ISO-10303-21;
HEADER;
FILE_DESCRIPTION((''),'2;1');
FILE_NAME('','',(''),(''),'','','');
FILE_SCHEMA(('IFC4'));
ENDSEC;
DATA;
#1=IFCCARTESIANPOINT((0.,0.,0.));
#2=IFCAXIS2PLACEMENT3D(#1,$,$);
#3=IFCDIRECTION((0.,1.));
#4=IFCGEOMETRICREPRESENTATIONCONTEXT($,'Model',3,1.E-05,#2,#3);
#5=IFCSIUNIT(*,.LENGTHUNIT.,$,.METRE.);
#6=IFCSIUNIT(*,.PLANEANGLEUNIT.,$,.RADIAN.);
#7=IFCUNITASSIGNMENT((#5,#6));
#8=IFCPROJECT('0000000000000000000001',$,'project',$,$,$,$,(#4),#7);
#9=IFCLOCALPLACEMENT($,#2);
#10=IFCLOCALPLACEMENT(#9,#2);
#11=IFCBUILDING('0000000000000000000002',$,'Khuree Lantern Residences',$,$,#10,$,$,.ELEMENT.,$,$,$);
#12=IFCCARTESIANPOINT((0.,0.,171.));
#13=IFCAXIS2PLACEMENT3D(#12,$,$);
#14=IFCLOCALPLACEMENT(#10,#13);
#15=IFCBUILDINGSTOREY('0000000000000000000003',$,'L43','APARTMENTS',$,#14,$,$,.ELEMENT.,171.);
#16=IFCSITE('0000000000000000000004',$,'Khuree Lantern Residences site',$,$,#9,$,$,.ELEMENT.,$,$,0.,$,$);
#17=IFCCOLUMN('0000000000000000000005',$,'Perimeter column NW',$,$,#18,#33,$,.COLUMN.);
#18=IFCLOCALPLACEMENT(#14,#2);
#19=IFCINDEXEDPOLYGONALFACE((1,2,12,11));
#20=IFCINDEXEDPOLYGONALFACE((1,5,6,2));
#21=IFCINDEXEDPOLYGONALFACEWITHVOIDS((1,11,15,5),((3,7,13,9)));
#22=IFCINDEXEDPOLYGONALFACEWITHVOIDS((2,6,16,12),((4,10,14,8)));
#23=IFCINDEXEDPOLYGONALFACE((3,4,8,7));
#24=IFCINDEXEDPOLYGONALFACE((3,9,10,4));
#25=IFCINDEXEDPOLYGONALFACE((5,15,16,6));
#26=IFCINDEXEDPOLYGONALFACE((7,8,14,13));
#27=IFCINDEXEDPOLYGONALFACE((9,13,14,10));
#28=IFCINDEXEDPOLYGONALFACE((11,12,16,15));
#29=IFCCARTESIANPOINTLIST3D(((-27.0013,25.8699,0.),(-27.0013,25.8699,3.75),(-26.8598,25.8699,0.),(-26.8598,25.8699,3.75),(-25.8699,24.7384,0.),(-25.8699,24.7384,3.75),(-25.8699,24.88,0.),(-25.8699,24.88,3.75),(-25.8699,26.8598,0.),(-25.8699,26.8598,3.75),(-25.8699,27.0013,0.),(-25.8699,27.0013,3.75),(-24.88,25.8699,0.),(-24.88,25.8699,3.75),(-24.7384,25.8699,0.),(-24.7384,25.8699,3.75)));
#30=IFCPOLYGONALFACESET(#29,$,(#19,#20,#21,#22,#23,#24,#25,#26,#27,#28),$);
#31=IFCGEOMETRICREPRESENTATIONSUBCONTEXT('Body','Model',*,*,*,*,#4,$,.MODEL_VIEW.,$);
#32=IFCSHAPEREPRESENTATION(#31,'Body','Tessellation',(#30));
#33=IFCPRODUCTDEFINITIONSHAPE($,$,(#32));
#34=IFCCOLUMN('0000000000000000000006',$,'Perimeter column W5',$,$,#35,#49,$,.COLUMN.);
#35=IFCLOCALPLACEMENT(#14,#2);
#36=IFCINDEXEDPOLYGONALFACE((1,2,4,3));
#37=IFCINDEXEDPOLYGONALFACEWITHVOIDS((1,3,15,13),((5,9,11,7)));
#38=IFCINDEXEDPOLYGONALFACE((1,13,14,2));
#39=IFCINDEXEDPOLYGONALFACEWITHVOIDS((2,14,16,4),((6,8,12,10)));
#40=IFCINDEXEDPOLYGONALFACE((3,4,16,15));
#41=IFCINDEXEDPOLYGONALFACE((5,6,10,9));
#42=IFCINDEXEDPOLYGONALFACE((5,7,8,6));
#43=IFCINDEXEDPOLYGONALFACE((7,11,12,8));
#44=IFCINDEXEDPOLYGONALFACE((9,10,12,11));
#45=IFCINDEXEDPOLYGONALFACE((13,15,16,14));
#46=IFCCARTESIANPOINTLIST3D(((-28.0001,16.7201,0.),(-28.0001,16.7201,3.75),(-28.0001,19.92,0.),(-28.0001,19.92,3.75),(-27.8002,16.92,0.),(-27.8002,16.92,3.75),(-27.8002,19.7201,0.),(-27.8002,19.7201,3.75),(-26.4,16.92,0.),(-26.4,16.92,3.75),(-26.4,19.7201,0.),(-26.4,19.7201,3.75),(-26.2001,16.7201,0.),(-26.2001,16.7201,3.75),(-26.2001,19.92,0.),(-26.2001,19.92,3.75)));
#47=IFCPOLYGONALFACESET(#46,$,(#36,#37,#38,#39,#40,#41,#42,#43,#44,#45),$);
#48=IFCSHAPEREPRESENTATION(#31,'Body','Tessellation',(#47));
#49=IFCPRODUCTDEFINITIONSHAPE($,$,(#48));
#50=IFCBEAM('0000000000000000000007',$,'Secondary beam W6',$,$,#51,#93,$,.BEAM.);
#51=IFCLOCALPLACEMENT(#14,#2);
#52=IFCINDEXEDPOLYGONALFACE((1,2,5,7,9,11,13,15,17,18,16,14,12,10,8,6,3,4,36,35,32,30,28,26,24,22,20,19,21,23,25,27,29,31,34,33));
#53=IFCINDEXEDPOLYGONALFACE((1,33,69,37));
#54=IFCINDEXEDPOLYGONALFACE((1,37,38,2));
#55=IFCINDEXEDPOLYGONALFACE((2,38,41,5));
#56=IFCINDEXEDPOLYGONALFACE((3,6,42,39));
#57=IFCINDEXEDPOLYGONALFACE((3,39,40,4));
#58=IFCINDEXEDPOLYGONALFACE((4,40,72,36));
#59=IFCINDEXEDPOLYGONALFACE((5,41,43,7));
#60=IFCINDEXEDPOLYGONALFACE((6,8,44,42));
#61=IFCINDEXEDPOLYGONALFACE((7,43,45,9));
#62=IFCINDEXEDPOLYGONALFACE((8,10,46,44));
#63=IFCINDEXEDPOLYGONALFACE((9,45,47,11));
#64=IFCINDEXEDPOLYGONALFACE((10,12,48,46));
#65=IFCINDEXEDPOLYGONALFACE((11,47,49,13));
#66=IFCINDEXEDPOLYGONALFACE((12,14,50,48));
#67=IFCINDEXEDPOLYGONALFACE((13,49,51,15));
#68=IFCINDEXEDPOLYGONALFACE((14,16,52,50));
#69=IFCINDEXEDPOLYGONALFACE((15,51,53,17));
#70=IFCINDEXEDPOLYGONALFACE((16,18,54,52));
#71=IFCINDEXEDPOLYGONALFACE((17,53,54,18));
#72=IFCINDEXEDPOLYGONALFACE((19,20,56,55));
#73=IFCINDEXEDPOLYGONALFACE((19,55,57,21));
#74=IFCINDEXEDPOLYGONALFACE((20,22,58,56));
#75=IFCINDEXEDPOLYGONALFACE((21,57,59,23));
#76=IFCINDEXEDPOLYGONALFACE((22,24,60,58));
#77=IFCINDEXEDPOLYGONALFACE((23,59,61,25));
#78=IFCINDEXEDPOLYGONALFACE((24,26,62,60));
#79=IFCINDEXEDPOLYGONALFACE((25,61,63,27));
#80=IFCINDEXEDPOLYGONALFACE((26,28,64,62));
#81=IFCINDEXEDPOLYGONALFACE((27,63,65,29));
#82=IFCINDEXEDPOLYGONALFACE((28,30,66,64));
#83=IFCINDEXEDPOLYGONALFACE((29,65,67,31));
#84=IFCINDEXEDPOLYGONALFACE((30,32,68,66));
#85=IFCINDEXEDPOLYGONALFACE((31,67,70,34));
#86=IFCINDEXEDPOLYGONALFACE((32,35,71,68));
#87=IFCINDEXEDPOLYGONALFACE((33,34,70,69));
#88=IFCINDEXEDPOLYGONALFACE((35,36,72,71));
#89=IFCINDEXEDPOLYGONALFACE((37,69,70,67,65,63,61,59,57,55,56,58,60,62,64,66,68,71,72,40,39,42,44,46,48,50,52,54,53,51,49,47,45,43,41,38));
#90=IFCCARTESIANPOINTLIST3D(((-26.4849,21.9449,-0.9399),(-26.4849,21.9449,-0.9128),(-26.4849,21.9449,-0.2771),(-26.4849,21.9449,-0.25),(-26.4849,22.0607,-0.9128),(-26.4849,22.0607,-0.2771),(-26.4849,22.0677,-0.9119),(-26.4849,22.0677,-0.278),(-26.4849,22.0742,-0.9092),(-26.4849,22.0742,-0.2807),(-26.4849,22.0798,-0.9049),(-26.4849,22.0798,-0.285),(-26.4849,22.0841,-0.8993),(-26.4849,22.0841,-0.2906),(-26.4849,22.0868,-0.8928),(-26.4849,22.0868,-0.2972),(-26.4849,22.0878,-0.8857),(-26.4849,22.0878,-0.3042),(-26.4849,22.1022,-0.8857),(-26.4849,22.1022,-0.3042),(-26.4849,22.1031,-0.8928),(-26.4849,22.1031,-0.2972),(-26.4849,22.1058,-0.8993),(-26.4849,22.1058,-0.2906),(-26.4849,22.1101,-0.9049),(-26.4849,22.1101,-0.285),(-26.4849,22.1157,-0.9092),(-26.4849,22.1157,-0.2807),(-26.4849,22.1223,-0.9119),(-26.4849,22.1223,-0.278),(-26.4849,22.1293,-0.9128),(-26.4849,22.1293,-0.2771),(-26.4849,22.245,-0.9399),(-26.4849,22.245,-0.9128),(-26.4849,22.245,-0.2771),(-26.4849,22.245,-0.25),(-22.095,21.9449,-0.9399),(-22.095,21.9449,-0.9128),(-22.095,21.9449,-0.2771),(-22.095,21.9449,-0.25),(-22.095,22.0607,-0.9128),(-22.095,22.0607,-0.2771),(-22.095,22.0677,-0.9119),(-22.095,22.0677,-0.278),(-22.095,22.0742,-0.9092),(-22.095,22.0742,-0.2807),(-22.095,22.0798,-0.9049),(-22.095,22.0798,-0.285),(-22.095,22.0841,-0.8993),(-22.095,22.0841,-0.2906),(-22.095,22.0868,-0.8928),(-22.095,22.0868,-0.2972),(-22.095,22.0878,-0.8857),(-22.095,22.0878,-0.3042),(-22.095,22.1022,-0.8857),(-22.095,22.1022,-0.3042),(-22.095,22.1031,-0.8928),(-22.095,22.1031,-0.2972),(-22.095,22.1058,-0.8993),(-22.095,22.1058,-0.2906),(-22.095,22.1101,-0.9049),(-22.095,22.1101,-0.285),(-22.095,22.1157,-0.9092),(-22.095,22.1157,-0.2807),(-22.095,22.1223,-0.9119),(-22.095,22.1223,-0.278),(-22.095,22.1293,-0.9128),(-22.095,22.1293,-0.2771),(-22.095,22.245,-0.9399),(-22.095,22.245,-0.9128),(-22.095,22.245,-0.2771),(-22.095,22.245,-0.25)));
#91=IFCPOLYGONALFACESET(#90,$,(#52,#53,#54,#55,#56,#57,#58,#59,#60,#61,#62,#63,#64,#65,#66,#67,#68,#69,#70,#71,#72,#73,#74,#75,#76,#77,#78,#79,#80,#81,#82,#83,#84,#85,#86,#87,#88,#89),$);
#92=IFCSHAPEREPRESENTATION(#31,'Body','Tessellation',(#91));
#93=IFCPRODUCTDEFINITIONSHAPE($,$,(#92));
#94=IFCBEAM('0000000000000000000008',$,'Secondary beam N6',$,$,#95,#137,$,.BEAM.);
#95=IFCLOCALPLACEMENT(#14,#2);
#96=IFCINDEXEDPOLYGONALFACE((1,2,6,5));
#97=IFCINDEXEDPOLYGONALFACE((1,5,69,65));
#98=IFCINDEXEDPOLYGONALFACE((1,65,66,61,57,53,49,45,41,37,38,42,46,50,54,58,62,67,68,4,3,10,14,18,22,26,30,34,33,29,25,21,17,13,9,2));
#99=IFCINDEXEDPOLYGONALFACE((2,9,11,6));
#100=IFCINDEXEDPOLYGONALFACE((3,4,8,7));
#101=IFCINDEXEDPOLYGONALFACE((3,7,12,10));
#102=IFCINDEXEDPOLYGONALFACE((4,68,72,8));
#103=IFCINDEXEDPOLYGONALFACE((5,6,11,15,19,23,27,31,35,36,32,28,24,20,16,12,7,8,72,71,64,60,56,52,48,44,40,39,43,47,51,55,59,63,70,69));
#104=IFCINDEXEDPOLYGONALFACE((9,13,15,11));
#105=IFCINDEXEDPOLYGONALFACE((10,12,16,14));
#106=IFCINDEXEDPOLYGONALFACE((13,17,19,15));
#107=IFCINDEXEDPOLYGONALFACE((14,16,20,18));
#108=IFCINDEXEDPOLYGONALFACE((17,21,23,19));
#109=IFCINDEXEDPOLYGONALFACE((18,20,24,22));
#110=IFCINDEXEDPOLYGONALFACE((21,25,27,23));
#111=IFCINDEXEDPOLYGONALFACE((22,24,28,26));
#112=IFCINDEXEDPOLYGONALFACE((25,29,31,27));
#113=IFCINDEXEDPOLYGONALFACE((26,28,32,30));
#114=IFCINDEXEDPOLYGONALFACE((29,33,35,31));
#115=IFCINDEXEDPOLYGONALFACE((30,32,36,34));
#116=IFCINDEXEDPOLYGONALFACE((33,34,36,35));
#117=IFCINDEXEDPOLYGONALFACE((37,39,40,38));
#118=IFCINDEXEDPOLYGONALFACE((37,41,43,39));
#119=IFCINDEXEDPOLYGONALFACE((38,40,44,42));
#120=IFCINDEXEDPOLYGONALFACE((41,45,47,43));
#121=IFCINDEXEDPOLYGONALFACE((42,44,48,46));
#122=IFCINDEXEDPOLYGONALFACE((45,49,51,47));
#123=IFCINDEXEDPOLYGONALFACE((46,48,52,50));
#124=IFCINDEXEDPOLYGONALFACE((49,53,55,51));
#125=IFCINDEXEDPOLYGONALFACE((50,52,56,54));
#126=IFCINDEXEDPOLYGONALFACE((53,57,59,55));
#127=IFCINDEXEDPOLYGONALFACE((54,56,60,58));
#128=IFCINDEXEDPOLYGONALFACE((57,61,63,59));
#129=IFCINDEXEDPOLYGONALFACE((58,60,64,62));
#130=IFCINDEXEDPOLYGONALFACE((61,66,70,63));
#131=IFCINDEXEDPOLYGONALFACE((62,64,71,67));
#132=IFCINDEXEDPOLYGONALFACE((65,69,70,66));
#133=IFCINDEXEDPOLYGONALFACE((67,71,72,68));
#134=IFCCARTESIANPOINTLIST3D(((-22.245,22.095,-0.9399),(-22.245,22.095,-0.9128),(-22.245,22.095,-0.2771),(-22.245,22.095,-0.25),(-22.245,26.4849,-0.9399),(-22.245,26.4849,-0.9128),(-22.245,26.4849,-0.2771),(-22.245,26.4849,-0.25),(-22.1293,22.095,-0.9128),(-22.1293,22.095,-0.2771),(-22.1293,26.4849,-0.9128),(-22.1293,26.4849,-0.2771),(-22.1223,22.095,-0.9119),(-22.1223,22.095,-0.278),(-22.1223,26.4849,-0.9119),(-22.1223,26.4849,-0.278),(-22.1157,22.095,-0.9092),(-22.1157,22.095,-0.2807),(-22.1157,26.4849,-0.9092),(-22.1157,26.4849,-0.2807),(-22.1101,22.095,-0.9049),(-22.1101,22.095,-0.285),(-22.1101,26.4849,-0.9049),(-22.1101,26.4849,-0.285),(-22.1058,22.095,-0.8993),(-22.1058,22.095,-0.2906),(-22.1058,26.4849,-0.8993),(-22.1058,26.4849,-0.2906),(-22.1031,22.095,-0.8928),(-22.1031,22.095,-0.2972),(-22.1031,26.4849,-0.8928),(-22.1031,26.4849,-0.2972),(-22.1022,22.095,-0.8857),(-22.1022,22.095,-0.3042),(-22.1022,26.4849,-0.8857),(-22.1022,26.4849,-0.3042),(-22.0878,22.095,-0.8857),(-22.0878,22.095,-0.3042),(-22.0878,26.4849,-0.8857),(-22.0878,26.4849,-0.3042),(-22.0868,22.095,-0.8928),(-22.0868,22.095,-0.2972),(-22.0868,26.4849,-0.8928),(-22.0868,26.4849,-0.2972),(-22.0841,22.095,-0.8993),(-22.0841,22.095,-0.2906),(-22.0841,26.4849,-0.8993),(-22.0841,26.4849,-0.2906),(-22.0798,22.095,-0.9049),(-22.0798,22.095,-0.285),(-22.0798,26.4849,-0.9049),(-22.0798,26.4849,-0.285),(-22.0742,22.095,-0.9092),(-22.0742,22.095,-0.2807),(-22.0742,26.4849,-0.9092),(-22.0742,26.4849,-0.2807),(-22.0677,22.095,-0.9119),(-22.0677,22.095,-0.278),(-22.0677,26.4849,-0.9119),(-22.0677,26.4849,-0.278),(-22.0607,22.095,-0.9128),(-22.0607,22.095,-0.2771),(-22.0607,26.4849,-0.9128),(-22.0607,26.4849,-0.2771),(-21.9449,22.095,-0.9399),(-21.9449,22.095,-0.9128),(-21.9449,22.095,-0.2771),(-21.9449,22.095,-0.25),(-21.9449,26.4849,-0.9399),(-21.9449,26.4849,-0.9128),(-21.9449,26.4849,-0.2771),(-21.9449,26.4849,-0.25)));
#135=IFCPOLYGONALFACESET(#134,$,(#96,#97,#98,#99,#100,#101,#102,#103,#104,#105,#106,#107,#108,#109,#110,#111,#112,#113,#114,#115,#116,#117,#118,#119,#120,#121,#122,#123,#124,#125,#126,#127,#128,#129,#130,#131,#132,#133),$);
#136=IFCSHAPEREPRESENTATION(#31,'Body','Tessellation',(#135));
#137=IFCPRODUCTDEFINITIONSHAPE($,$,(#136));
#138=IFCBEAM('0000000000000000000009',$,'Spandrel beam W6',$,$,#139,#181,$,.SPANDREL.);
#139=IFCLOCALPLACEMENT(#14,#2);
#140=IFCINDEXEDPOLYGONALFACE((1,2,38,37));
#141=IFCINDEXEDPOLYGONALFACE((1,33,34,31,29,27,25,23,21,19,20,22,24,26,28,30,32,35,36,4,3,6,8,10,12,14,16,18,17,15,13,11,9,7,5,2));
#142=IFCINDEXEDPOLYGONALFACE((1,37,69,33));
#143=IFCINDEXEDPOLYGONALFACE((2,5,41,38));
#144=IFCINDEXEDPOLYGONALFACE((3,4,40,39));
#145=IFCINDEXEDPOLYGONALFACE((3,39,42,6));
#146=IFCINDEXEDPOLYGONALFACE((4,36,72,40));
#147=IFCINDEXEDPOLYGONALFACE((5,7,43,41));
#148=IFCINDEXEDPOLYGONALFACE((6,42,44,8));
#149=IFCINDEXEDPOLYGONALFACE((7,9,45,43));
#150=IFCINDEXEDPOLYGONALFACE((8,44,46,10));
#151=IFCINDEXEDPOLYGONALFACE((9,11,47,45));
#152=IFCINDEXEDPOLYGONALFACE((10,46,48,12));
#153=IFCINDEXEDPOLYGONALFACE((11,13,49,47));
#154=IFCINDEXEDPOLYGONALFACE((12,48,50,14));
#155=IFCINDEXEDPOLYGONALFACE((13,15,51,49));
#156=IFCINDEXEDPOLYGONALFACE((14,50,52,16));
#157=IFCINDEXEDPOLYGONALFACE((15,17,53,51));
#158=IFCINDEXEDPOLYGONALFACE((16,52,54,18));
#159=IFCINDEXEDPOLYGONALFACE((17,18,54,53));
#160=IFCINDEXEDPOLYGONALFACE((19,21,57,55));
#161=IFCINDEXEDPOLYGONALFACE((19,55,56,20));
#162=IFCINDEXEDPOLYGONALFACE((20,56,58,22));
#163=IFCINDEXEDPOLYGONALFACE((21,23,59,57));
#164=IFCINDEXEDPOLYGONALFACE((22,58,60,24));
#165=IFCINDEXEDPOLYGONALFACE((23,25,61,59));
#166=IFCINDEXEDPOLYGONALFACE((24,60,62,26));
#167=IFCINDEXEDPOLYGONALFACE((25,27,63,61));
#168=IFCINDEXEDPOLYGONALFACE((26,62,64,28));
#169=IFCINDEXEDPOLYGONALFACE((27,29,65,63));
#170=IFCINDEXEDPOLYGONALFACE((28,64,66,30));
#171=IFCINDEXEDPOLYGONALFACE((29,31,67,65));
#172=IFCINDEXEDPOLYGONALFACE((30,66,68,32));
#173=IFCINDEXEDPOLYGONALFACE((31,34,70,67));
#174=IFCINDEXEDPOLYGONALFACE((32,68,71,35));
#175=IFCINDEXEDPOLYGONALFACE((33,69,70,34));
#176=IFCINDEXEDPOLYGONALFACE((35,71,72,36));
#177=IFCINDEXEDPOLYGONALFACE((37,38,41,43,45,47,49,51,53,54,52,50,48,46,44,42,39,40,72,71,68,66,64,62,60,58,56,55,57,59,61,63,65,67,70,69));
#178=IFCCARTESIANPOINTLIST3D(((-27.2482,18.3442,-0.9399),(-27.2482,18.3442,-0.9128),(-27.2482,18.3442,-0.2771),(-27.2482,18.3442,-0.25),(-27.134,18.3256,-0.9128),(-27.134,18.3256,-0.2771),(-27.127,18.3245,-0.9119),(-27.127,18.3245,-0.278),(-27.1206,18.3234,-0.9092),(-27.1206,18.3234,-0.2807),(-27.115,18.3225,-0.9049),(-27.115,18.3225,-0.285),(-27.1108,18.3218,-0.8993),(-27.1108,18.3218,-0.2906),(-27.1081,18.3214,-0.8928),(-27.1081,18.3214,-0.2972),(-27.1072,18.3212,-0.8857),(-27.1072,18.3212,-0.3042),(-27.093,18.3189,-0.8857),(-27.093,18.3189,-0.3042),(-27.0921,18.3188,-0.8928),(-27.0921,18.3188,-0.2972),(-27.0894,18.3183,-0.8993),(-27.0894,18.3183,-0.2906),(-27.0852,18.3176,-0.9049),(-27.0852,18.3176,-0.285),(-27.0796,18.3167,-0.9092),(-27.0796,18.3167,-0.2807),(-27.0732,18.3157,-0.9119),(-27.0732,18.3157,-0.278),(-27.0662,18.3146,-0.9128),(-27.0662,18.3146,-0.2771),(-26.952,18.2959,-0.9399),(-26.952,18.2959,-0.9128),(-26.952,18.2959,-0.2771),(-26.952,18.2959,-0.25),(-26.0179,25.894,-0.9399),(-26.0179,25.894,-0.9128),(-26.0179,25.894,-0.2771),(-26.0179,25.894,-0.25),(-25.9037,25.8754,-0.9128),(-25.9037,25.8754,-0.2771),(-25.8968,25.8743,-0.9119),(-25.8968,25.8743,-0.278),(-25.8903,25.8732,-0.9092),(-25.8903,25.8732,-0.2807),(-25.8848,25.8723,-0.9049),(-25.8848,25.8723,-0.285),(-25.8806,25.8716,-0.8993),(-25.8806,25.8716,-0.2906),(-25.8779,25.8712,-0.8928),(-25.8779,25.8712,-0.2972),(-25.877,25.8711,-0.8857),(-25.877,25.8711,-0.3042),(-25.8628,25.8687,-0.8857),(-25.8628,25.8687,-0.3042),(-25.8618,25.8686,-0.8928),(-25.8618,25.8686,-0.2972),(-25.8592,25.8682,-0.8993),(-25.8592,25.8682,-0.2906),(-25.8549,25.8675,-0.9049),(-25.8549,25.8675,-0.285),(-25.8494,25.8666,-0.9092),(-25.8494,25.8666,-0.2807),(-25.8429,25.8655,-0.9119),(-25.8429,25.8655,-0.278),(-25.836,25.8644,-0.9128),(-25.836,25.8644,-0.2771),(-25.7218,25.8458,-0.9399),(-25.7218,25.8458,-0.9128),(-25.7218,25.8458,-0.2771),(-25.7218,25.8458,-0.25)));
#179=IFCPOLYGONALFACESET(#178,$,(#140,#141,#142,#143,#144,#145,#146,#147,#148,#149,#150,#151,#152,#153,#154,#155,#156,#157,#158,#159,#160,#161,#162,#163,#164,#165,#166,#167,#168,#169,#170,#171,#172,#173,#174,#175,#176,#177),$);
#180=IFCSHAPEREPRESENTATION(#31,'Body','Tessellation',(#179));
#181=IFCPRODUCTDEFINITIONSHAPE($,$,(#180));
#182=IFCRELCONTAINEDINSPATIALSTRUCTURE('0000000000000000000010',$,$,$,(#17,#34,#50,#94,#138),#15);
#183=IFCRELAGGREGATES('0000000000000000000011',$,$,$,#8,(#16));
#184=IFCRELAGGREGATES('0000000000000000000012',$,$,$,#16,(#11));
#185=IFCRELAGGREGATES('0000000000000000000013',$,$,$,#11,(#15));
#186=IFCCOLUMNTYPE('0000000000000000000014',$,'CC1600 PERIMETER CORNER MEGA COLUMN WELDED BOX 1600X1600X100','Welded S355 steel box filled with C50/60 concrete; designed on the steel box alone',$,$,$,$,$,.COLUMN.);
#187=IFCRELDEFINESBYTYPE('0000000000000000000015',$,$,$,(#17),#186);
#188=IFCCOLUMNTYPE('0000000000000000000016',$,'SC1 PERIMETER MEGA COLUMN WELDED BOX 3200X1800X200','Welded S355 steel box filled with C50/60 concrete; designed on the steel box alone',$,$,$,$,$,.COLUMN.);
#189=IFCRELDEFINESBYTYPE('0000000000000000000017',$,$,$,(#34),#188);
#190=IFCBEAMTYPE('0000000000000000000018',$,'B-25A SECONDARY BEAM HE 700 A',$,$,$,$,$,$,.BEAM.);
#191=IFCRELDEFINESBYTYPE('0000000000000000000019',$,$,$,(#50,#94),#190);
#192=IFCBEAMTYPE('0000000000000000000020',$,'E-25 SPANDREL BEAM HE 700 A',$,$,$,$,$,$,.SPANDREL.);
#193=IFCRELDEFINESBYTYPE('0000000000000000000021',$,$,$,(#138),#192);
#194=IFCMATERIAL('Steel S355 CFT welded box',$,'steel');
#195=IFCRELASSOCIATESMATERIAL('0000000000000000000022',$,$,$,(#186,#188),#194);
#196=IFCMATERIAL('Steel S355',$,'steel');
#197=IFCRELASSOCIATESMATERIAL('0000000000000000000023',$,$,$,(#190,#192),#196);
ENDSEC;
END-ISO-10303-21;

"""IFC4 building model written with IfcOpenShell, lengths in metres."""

from ifc_helpers import new_model, si_unit, direction, frame, origin, origin_2d, place, context, subcontext, project, spatial, hollow_rectangle, i_section, extrude, material, material_profile, profile_set, type_object, element, save


model = new_model("IFC4")

# Units and contexts
model_context = context("Model", 3, precision=1e-05, world=origin(), true_north=direction((0.0, 1.0)))
body_context = subcontext(model_context, "Body", "Model", "MODEL_VIEW")
ifc_project = project(units=[si_unit("LENGTHUNIT", "METRE"), si_unit("PLANEANGLEUNIT", "RADIAN")], contexts=[model_context])

# Site, building, storey
site_placement = place(None, origin())
site = spatial("IfcSite", under=ifc_project, at=site_placement, Name="Khuree Lantern Residences site", CompositionType="ELEMENT", RefElevation=0.0)
building_placement = place(site_placement, origin())
building = spatial("IfcBuilding", under=site, at=building_placement, Name="Khuree Lantern Residences", CompositionType="ELEMENT")
storey_placement = place(building_placement, frame((0.0, 0.0, 171.0)))
storey = spatial("IfcBuildingStorey", under=building, at=storey_placement, Name="L43", Description="APARTMENTS", CompositionType="ELEMENT", Elevation=171.0)

# Columns
ifc_material_1 = material(Name="Steel S355 CFT welded box", Category="steel")
ifc_material_profile_1 = material_profile(ifc_material_1, hollow_rectangle(XDim=1.6001, YDim=1.6001, WallThickness=0.1001, at=origin_2d()), Name="WELDED BOX 1600X1600X100")
ifc_profile_set_1 = profile_set([ifc_material_profile_1], Name="Steel S355 CFT welded box")
column_type_1 = type_object("IfcColumnType", Name="CC1600 PERIMETER CORNER MEGA COLUMN WELDED BOX 1600X1600X100", Description="Welded S355 steel box filled with C50/60 concrete; designed on the steel box alone", PredefinedType="COLUMN", material=ifc_profile_set_1)
column_1_placement = place(storey_placement, frame((-25.8699, 25.8699, 0.0), z_axis=(0.0, 0.0, 1.0), x_axis=(0.707107, 0.707107, 0.0)))
element("IfcColumn", 1, at=column_1_placement, inside=storey, type_object=column_type_1, Name="Perimeter column NW", PredefinedType="COLUMN", context=body_context, shape_type="SweptSolid", body=[
    extrude(hollow_rectangle(XDim=1.6001, YDim=1.6001, WallThickness=0.1001, at=origin_2d()), origin(), (0.0, 0.0, 1.0), 3.75),
])
ifc_material_profile_2 = material_profile(ifc_material_1, hollow_rectangle(XDim=3.2, YDim=1.8, WallThickness=0.2, at=origin_2d()), Name="WELDED BOX 3200X1800X200")
ifc_profile_set_2 = profile_set([ifc_material_profile_2], Name="Steel S355 CFT welded box")
column_type_2 = type_object("IfcColumnType", Name="SC1 PERIMETER MEGA COLUMN WELDED BOX 3200X1800X200", Description="Welded S355 steel box filled with C50/60 concrete; designed on the steel box alone", PredefinedType="COLUMN", material=ifc_profile_set_2)
column_2_placement = place(storey_placement, frame((-27.1001, 18.3201, 0.0), z_axis=(0.0, 0.0, 1.0), x_axis=(0.0, 1.0, 0.0)))
element("IfcColumn", 2, at=column_2_placement, inside=storey, type_object=column_type_2, Name="Perimeter column W5", PredefinedType="COLUMN", context=body_context, shape_type="SweptSolid", body=[
    extrude(hollow_rectangle(XDim=3.2, YDim=1.8, WallThickness=0.2, at=origin_2d()), origin(), (0.0, 0.0, 1.0), 3.75),
])

# Beams
ifc_material_2 = material(Name="Steel S355", Category="steel")
ifc_material_profile_3 = material_profile(ifc_material_2, i_section(OverallWidth=0.3, OverallDepth=0.6899, WebThickness=0.0144, FlangeThickness=0.0271, FilletRadius=0.0271, at=origin_2d()), Name="HE 700 A")
ifc_profile_set_3 = profile_set([ifc_material_profile_3], Name="Steel S355")
beam_type_1 = type_object("IfcBeamType", Name="B-25A SECONDARY BEAM HE 700 A", PredefinedType="BEAM", material=ifc_profile_set_3)
for number, where, z_axis, x_axis, name in (
    (3, (-26.4849, 22.095, -0.595), (1.0, 0.0, 0.0), (0.0, 1.0, 0.0), "Secondary beam W6"),
    (4, (-22.095, 26.4849, -0.595), (0.0, -1.0, 0.0), (1.0, 0.0, 0.0), "Secondary beam N6"),
):
    element("IfcBeam", number, at=place(storey_placement, frame(where, z_axis=z_axis, x_axis=x_axis)), inside=storey, type_object=beam_type_1, Name=name, PredefinedType="BEAM", context=body_context, shape_type="SweptSolid", body=[
        extrude(i_section(OverallWidth=0.3, OverallDepth=0.6899, WebThickness=0.0144, FlangeThickness=0.0271, FilletRadius=0.0271, at=origin_2d()), origin(), (0.0, 0.0, 1.0), 4.3899),
    ])
ifc_material_profile_4 = material_profile(ifc_material_2, i_section(OverallWidth=0.3, OverallDepth=0.6899, WebThickness=0.0144, FlangeThickness=0.0271, FilletRadius=0.0271, at=origin_2d()), Name="HE 700 A")
ifc_profile_set_4 = profile_set([ifc_material_profile_4], Name="Steel S355")
beam_type_2 = type_object("IfcBeamType", Name="E-25 SPANDREL BEAM HE 700 A", PredefinedType="SPANDREL", material=ifc_profile_set_4)
for number, where, z_axis, x_axis, name in (
    (5, (-27.1001, 18.3201, -0.595), (0.160827, 0.986983, 0.0), (-0.986983, 0.160827, 0.0), "Spandrel beam W6"),
):
    element("IfcBeam", number, at=place(storey_placement, frame(where, z_axis=z_axis, x_axis=x_axis)), inside=storey, type_object=beam_type_2, Name=name, PredefinedType="SPANDREL", context=body_context, shape_type="SweptSolid", body=[
        extrude(i_section(OverallWidth=0.3, OverallDepth=0.6899, WebThickness=0.0144, FlangeThickness=0.0271, FilletRadius=0.0271, at=origin_2d()), origin(), (0.0, 0.0, 1.0), 7.6494),
    ])

save(model, "model.ifc")
